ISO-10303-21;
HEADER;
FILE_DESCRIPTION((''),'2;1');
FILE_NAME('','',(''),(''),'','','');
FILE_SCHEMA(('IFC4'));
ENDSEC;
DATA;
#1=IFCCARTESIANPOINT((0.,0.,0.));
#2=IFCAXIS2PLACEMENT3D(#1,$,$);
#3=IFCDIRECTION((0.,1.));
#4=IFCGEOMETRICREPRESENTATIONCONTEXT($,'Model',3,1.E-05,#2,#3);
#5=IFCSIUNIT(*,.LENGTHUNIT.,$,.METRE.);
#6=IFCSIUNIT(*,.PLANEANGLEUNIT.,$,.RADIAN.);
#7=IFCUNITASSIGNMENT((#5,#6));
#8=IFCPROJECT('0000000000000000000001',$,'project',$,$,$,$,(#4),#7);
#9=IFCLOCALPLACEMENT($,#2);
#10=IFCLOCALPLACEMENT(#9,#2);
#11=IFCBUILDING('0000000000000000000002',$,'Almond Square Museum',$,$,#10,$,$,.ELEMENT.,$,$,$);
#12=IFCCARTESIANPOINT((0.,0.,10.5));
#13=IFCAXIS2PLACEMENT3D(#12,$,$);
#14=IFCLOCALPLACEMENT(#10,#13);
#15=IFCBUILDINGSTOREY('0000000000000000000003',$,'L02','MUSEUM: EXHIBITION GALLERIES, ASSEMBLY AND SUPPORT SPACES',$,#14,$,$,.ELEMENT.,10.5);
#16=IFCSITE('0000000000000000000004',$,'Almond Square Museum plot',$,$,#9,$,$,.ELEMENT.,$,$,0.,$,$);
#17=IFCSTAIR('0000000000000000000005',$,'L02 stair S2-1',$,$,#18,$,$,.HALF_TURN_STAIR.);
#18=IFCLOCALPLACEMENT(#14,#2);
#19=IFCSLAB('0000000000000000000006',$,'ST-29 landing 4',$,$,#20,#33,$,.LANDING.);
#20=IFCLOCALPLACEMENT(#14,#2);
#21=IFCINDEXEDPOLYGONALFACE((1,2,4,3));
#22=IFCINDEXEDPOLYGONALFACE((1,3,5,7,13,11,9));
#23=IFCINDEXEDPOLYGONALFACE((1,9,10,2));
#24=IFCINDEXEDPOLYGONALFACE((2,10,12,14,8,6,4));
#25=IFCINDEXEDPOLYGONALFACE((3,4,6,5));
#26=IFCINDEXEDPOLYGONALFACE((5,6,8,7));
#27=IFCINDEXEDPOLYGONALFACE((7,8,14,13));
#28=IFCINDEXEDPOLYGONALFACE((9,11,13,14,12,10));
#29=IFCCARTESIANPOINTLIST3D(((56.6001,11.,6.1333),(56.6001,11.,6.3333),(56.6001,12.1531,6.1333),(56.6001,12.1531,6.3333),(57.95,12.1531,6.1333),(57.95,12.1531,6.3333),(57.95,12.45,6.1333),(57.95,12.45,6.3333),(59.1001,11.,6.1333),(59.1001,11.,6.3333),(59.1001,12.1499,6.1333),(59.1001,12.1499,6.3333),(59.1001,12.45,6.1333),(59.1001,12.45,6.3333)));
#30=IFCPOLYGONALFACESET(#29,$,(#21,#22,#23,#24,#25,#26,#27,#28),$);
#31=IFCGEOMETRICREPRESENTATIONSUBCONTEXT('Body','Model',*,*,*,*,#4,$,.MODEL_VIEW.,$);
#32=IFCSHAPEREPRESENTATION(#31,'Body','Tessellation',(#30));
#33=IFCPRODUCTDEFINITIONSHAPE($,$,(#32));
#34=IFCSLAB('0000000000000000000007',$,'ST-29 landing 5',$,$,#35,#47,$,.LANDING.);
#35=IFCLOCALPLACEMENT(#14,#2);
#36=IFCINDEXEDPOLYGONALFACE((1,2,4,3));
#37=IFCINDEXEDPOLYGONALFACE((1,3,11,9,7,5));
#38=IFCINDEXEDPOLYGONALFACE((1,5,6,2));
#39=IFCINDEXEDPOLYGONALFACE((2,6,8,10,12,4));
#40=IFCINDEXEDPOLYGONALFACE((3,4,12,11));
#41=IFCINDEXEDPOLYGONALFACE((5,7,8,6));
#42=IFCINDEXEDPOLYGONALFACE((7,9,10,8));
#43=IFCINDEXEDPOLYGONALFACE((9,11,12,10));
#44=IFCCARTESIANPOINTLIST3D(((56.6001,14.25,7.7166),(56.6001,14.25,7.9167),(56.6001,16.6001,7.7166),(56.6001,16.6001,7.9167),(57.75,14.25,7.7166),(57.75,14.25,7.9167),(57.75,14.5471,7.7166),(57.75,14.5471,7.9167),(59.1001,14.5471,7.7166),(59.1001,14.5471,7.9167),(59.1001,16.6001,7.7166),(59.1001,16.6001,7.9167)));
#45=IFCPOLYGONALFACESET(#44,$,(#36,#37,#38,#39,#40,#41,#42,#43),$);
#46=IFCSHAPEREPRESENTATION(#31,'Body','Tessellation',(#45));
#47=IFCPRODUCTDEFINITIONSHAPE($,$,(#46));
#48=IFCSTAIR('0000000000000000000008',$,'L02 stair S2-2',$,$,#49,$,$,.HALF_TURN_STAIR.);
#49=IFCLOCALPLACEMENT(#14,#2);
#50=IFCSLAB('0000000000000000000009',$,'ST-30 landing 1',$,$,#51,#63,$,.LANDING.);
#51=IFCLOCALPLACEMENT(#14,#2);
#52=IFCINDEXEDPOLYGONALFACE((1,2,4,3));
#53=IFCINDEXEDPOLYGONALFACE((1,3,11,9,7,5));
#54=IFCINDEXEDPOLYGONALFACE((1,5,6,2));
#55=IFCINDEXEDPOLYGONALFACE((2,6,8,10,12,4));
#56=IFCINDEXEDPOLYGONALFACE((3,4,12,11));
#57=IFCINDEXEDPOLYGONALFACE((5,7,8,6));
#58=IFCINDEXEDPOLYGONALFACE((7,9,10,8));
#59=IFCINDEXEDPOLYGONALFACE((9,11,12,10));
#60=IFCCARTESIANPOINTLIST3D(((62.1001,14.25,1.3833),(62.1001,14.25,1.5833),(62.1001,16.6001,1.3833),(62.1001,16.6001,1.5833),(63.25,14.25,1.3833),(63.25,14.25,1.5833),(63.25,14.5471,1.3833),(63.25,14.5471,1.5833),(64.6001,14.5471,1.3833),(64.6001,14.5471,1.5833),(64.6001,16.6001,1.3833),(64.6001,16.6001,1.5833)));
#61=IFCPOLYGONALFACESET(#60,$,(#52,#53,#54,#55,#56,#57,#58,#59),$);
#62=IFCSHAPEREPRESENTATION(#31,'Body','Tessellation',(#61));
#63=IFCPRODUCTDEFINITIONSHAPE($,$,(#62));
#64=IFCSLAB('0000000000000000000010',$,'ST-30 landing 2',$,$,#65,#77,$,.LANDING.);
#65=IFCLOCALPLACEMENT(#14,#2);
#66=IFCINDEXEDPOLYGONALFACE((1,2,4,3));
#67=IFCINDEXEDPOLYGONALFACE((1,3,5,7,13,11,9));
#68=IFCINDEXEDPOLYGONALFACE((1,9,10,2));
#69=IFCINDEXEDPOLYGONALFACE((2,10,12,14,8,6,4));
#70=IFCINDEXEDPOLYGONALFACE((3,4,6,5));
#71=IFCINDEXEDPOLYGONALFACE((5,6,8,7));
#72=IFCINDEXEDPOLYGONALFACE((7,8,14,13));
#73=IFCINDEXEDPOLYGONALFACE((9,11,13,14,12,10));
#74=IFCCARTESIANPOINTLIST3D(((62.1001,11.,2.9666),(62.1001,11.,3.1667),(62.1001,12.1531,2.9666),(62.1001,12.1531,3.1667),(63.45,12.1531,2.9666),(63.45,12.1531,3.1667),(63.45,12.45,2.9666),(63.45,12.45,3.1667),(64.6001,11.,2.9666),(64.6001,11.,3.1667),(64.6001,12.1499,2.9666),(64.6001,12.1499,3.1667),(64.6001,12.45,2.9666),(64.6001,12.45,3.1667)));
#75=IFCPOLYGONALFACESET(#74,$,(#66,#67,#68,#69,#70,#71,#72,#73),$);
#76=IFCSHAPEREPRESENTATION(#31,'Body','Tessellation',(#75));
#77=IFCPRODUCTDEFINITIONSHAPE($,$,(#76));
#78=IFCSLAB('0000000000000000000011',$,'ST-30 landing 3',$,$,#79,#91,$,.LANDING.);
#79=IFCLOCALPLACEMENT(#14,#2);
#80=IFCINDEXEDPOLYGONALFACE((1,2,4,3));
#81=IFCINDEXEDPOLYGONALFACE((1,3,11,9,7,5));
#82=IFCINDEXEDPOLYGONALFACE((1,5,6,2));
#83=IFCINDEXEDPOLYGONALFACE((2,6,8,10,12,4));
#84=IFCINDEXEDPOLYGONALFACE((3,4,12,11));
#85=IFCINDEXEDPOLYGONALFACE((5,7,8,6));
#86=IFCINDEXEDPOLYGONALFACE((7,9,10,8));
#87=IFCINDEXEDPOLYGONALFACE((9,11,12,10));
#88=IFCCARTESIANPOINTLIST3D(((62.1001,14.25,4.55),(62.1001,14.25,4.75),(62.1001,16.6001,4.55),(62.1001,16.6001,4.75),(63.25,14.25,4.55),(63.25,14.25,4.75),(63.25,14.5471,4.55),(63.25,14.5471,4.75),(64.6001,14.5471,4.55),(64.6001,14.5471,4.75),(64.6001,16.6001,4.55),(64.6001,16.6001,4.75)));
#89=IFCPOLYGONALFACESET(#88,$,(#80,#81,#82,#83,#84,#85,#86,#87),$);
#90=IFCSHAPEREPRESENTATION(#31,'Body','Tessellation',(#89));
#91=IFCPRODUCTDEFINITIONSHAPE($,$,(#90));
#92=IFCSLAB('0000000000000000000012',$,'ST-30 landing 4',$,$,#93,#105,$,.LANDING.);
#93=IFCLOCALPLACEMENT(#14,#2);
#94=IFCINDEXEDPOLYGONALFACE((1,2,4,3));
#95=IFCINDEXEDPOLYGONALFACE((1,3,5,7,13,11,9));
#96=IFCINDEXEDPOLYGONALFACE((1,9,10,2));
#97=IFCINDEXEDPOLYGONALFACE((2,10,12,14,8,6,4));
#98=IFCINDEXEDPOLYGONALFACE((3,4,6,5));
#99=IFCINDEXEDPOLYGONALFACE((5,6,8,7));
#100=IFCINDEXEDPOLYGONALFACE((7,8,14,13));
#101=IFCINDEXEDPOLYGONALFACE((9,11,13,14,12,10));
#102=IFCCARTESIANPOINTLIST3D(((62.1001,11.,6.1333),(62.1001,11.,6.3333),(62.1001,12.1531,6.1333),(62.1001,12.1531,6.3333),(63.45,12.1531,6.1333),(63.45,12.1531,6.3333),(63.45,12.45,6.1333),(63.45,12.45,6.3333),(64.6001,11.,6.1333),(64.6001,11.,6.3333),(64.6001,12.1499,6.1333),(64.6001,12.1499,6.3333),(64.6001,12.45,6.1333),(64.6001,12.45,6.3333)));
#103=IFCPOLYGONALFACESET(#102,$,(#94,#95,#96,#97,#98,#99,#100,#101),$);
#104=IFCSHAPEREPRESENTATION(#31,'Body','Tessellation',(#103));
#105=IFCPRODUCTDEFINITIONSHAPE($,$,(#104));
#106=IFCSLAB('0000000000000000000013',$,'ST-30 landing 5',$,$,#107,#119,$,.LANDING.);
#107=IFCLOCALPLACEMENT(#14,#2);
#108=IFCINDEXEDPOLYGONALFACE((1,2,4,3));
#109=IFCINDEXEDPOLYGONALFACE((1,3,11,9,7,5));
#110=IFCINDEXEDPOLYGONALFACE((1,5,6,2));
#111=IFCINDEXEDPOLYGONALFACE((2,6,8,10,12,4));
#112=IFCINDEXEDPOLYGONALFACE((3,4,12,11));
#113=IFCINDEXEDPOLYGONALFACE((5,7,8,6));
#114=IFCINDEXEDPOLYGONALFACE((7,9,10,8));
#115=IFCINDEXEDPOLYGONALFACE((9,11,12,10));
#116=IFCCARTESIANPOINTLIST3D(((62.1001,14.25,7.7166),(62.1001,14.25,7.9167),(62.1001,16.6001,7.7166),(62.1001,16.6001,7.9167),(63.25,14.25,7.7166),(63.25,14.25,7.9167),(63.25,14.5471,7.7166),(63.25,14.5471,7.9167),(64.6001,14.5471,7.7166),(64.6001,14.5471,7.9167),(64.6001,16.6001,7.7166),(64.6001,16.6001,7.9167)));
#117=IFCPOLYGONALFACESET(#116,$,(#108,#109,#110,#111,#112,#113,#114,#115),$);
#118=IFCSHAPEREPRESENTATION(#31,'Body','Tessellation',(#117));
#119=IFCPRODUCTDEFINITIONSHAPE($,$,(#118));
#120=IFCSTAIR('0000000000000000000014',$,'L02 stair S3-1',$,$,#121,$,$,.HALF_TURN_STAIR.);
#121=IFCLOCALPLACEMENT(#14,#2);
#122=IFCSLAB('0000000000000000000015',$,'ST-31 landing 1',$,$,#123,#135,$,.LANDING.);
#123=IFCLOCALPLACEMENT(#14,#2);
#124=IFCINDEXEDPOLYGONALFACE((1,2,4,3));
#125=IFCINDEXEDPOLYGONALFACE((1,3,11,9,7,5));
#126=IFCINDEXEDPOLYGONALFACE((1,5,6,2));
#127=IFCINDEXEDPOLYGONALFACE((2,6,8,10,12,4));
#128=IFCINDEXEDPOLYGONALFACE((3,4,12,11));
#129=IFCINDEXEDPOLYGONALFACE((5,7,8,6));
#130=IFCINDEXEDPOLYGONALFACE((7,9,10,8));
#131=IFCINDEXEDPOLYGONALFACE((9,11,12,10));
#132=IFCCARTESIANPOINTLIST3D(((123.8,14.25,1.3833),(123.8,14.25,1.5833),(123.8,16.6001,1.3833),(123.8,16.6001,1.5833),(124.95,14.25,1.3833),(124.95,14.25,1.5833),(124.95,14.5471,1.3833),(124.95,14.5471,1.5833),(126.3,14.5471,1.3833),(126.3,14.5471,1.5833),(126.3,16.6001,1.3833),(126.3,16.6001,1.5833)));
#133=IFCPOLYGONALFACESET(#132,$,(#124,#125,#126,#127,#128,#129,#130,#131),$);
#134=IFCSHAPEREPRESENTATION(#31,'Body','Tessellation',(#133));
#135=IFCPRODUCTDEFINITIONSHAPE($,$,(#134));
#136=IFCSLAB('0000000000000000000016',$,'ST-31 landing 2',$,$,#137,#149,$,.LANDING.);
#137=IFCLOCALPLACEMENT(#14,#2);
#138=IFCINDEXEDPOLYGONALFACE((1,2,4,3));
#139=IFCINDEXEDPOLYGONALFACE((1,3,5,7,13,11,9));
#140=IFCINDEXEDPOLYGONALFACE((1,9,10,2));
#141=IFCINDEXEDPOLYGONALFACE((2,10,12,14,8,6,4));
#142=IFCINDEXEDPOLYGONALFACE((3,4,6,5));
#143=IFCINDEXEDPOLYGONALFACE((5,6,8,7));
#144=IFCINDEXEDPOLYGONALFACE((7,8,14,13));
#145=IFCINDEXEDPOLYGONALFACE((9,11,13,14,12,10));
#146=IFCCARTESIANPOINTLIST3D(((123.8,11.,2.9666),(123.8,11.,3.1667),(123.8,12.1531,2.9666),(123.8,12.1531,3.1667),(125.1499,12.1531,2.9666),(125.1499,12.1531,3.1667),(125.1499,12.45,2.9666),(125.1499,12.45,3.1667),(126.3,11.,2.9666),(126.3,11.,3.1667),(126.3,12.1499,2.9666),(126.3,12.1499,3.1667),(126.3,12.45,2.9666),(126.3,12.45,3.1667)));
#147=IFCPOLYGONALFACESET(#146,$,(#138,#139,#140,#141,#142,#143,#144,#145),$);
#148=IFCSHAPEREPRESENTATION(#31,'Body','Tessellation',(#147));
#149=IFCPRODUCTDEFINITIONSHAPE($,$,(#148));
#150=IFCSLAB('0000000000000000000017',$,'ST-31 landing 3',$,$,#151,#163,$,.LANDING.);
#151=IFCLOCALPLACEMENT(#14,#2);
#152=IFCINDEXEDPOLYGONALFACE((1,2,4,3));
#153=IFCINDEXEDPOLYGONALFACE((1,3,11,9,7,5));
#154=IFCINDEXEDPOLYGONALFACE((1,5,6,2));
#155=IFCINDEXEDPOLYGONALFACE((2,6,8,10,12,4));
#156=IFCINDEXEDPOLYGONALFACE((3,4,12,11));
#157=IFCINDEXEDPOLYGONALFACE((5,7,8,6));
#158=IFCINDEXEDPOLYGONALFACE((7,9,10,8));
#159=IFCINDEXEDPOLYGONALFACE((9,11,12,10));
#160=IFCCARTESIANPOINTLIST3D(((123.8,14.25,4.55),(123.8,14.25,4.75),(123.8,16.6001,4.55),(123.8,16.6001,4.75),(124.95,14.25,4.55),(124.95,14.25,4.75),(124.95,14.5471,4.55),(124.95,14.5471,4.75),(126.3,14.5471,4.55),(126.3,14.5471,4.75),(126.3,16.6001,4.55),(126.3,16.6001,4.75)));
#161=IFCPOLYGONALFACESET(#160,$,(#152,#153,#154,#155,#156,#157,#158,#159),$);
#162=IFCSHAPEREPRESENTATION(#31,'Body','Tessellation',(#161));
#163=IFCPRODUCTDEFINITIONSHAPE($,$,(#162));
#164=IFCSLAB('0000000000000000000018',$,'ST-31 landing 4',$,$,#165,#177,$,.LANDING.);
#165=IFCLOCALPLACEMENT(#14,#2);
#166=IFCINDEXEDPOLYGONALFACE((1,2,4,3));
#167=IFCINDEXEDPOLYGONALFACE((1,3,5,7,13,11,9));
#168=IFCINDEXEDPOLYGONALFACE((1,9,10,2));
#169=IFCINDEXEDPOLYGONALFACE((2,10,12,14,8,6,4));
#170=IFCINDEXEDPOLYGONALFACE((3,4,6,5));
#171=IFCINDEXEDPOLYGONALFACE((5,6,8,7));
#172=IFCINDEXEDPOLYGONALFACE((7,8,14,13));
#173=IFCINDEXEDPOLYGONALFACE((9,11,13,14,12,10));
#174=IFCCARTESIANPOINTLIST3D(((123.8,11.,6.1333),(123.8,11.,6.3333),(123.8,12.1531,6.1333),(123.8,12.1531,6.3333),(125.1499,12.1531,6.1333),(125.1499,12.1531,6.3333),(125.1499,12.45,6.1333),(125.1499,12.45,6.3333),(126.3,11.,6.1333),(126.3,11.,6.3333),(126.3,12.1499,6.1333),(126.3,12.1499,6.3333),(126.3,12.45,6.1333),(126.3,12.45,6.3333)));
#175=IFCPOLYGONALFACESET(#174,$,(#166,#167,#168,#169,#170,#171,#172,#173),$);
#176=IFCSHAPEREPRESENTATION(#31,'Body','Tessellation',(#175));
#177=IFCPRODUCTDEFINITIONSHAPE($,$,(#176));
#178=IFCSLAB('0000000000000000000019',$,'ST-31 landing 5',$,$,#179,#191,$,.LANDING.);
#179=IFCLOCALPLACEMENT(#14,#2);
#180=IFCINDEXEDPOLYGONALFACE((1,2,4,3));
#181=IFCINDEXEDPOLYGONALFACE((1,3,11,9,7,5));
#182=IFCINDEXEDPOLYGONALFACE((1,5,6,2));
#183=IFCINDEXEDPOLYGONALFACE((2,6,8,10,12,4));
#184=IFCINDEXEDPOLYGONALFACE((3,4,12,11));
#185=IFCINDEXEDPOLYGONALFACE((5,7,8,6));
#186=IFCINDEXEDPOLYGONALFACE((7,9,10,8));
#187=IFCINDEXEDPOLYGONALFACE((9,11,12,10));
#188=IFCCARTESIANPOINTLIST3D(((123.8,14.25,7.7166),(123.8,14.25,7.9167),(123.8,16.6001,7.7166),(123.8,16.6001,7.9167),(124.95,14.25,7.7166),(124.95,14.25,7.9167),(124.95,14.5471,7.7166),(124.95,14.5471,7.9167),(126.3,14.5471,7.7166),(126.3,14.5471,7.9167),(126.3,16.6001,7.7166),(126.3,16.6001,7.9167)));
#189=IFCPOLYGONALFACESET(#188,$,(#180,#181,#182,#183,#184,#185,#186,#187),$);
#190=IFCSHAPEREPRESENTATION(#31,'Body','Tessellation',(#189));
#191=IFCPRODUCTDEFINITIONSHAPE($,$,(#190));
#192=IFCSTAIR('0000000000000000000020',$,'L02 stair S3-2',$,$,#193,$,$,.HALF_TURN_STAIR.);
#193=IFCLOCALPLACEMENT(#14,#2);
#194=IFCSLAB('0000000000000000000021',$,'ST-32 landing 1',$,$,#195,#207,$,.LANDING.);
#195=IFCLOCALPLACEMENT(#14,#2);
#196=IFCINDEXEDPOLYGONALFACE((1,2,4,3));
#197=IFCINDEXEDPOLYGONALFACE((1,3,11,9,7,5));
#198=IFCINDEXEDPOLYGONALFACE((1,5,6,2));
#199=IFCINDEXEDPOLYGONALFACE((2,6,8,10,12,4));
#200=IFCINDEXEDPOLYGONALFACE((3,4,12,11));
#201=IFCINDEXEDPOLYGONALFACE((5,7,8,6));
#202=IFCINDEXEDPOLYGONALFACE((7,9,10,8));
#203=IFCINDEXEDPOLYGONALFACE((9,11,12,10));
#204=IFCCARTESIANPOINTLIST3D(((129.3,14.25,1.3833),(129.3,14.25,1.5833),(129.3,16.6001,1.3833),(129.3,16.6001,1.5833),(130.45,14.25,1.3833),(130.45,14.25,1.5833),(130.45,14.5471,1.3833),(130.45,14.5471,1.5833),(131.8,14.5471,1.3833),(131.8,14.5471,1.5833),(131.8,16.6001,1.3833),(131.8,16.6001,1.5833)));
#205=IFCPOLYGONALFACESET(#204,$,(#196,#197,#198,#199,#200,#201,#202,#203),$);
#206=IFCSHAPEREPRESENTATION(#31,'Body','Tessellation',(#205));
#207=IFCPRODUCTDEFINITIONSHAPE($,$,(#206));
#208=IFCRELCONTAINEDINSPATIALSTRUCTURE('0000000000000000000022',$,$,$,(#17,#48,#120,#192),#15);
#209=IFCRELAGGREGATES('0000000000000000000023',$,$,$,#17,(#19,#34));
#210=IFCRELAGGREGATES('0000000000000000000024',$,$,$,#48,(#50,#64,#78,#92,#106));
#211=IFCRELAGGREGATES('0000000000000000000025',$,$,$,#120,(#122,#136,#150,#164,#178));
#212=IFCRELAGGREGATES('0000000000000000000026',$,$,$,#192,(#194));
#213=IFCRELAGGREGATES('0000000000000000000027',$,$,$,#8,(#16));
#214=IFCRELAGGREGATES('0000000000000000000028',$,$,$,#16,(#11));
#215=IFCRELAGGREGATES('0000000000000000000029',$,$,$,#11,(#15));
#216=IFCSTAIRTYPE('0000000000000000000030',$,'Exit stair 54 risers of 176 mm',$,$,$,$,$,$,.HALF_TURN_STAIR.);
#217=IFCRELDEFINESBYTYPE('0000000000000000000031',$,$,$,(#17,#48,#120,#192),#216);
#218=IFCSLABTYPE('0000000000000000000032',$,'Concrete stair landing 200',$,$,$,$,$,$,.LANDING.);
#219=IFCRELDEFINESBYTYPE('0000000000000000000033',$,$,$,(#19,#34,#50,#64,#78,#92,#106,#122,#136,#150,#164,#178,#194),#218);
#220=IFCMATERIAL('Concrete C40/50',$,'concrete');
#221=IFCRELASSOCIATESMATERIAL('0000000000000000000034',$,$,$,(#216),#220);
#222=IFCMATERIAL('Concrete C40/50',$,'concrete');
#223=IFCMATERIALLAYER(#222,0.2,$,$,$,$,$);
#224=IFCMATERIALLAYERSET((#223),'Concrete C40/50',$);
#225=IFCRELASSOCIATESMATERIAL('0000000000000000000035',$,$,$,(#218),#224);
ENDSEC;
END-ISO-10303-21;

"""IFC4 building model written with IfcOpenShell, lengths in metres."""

from ifc_helpers import new_model, si_unit, direction, frame, origin, place, context, subcontext, project, spatial, polyline, outline, extrude, material, layer, layer_set, type_object, element, aggregate, save


model = new_model("IFC4")

# Units and contexts
model_context = context("Model", 3, precision=1e-05, world=origin(), true_north=direction((0.0, 1.0)))
body_context = subcontext(model_context, "Body", "Model", "MODEL_VIEW")
ifc_project = project(units=[si_unit("LENGTHUNIT", "METRE"), si_unit("PLANEANGLEUNIT", "RADIAN")], contexts=[model_context])

# Site, building, storey
site_placement = place(None, origin())
site = spatial("IfcSite", under=ifc_project, at=site_placement, Name="Almond Square Museum plot", CompositionType="ELEMENT", RefElevation=0.0)
building_placement = place(site_placement, origin())
building = spatial("IfcBuilding", under=site, at=building_placement, Name="Almond Square Museum", CompositionType="ELEMENT")
storey_placement = place(building_placement, frame((0.0, 0.0, 10.5)))
storey = spatial("IfcBuildingStorey", under=building, at=storey_placement, Name="L02", Description="MUSEUM: EXHIBITION GALLERIES, ASSEMBLY AND SUPPORT SPACES", CompositionType="ELEMENT", Elevation=10.5)

# Stairs, slabs
ifc_material_1 = material(Name="Concrete C40/50", Category="concrete")
stair_type = type_object("IfcStairType", Name="Exit stair 54 risers of 176 mm", PredefinedType="HALF_TURN_STAIR", material=ifc_material_1)
stair_1_placement = place(storey_placement, origin())
stair_1 = element("IfcStair", 1, at=stair_1_placement, inside=storey, type_object=stair_type, Name="L02 stair S2-1", PredefinedType="HALF_TURN_STAIR")
ifc_material_2 = material(Name="Concrete C40/50", Category="concrete")
ifc_layer = layer(ifc_material_2, 0.2)
ifc_layer_set = layer_set([ifc_layer], Name="Concrete C40/50")
slab_type = type_object("IfcSlabType", Name="Concrete stair landing 200", PredefinedType="LANDING", material=ifc_layer_set)
slab_1_placement = place(storey_placement, frame((0.0, 0.0, 6.1333)))
slab_1 = element("IfcSlab", 2, at=slab_1_placement, type_object=slab_type, Name="ST-29 landing 4", PredefinedType="LANDING", context=body_context, shape_type="SweptSolid", body=[
    extrude(outline(polyline([(59.1001, 11.0), (59.1001, 12.1499), (59.1001, 12.45), (57.95, 12.45), (57.95, 12.1531), (56.6001, 12.1531), (56.6001, 11.0), (59.1001, 11.0)])), origin(), (0.0, 0.0, 1.0), 0.2),
])
slab_2_placement = place(storey_placement, frame((0.0, 0.0, 7.7166)))
slab_2 = element("IfcSlab", 3, at=slab_2_placement, type_object=slab_type, Name="ST-29 landing 5", PredefinedType="LANDING", context=body_context, shape_type="SweptSolid", body=[
    extrude(outline(polyline([(59.1001, 14.5471), (59.1001, 16.6001), (56.6001, 16.6001), (56.6001, 14.25), (57.75, 14.25), (57.75, 14.5471), (59.1001, 14.5471)])), origin(), (0.0, 0.0, 1.0), 0.2002),
])
aggregate(stair_1, [slab_1, slab_2])
stair_2_placement = place(storey_placement, origin())
stair_2 = element("IfcStair", 4, at=stair_2_placement, inside=storey, type_object=stair_type, Name="L02 stair S2-2", PredefinedType="HALF_TURN_STAIR")
slab_3_placement = place(storey_placement, frame((0.0, 0.0, 1.3833)))
slab_3 = element("IfcSlab", 5, at=slab_3_placement, type_object=slab_type, Name="ST-30 landing 1", PredefinedType="LANDING", context=body_context, shape_type="SweptSolid", body=[
    extrude(outline(polyline([(64.6001, 14.5471), (64.6001, 16.6001), (62.1001, 16.6001), (62.1001, 14.25), (63.25, 14.25), (63.25, 14.5471), (64.6001, 14.5471)])), origin(), (0.0, 0.0, 1.0), 0.2),
])
slab_4_placement = place(storey_placement, frame((0.0, 0.0, 2.9666)))
slab_4 = element("IfcSlab", 6, at=slab_4_placement, type_object=slab_type, Name="ST-30 landing 2", PredefinedType="LANDING", context=body_context, shape_type="SweptSolid", body=[
    extrude(outline(polyline([(64.6001, 11.0), (64.6001, 12.1499), (64.6001, 12.45), (63.45, 12.45), (63.45, 12.1531), (62.1001, 12.1531), (62.1001, 11.0), (64.6001, 11.0)])), origin(), (0.0, 0.0, 1.0), 0.2002),
])
slab_5_placement = place(storey_placement, frame((0.0, 0.0, 4.55)))
slab_5 = element("IfcSlab", 7, at=slab_5_placement, type_object=slab_type, Name="ST-30 landing 3", PredefinedType="LANDING", context=body_context, shape_type="SweptSolid", body=[
    extrude(outline(polyline([(64.6001, 14.5471), (64.6001, 16.6001), (62.1001, 16.6001), (62.1001, 14.25), (63.25, 14.25), (63.25, 14.5471), (64.6001, 14.5471)])), origin(), (0.0, 0.0, 1.0), 0.2),
])
slab_6_placement = place(storey_placement, frame((0.0, 0.0, 6.1333)))
slab_6 = element("IfcSlab", 8, at=slab_6_placement, type_object=slab_type, Name="ST-30 landing 4", PredefinedType="LANDING", context=body_context, shape_type="SweptSolid", body=[
    extrude(outline(polyline([(64.6001, 11.0), (64.6001, 12.1499), (64.6001, 12.45), (63.45, 12.45), (63.45, 12.1531), (62.1001, 12.1531), (62.1001, 11.0), (64.6001, 11.0)])), origin(), (0.0, 0.0, 1.0), 0.2),
])
slab_7_placement = place(storey_placement, frame((0.0, 0.0, 7.7166)))
slab_7 = element("IfcSlab", 9, at=slab_7_placement, type_object=slab_type, Name="ST-30 landing 5", PredefinedType="LANDING", context=body_context, shape_type="SweptSolid", body=[
    extrude(outline(polyline([(64.6001, 14.5471), (64.6001, 16.6001), (62.1001, 16.6001), (62.1001, 14.25), (63.25, 14.25), (63.25, 14.5471), (64.6001, 14.5471)])), origin(), (0.0, 0.0, 1.0), 0.2002),
])
aggregate(stair_2, [slab_3, slab_4, slab_5, slab_6, slab_7])
stair_3_placement = place(storey_placement, origin())
stair_3 = element("IfcStair", 10, at=stair_3_placement, inside=storey, type_object=stair_type, Name="L02 stair S3-1", PredefinedType="HALF_TURN_STAIR")
slab_8_placement = place(storey_placement, frame((0.0, 0.0, 1.3833)))
slab_8 = element("IfcSlab", 11, at=slab_8_placement, type_object=slab_type, Name="ST-31 landing 1", PredefinedType="LANDING", context=body_context, shape_type="SweptSolid", body=[
    extrude(outline(polyline([(126.3, 14.5471), (126.3, 16.6001), (123.8, 16.6001), (123.8, 14.25), (124.95, 14.25), (124.95, 14.5471), (126.3, 14.5471)])), origin(), (0.0, 0.0, 1.0), 0.2),
])
slab_9_placement = place(storey_placement, frame((0.0, 0.0, 2.9666)))
slab_9 = element("IfcSlab", 12, at=slab_9_placement, type_object=slab_type, Name="ST-31 landing 2", PredefinedType="LANDING", context=body_context, shape_type="SweptSolid", body=[
    extrude(outline(polyline([(126.3, 11.0), (126.3, 12.1499), (126.3, 12.45), (125.1499, 12.45), (125.1499, 12.1531), (123.8, 12.1531), (123.8, 11.0), (126.3, 11.0)])), origin(), (0.0, 0.0, 1.0), 0.2002),
])
slab_10_placement = place(storey_placement, frame((0.0, 0.0, 4.55)))
slab_10 = element("IfcSlab", 13, at=slab_10_placement, type_object=slab_type, Name="ST-31 landing 3", PredefinedType="LANDING", context=body_context, shape_type="SweptSolid", body=[
    extrude(outline(polyline([(126.3, 14.5471), (126.3, 16.6001), (123.8, 16.6001), (123.8, 14.25), (124.95, 14.25), (124.95, 14.5471), (126.3, 14.5471)])), origin(), (0.0, 0.0, 1.0), 0.2),
])
slab_11_placement = place(storey_placement, frame((0.0, 0.0, 6.1333)))
slab_11 = element("IfcSlab", 14, at=slab_11_placement, type_object=slab_type, Name="ST-31 landing 4", PredefinedType="LANDING", context=body_context, shape_type="SweptSolid", body=[
    extrude(outline(polyline([(126.3, 11.0), (126.3, 12.1499), (126.3, 12.45), (125.1499, 12.45), (125.1499, 12.1531), (123.8, 12.1531), (123.8, 11.0), (126.3, 11.0)])), origin(), (0.0, 0.0, 1.0), 0.2),
])
slab_12_placement = place(storey_placement, frame((0.0, 0.0, 7.7166)))
slab_12 = element("IfcSlab", 15, at=slab_12_placement, type_object=slab_type, Name="ST-31 landing 5", PredefinedType="LANDING", context=body_context, shape_type="SweptSolid", body=[
    extrude(outline(polyline([(126.3, 14.5471), (126.3, 16.6001), (123.8, 16.6001), (123.8, 14.25), (124.95, 14.25), (124.95, 14.5471), (126.3, 14.5471)])), origin(), (0.0, 0.0, 1.0), 0.2002),
])
aggregate(stair_3, [slab_8, slab_9, slab_10, slab_11, slab_12])
stair_4_placement = place(storey_placement, origin())
stair_4 = element("IfcStair", 16, at=stair_4_placement, inside=storey, type_object=stair_type, Name="L02 stair S3-2", PredefinedType="HALF_TURN_STAIR")
slab_13_placement = place(storey_placement, frame((0.0, 0.0, 1.3833)))
slab_13 = element("IfcSlab", 17, at=slab_13_placement, type_object=slab_type, Name="ST-32 landing 1", PredefinedType="LANDING", context=body_context, shape_type="SweptSolid", body=[
    extrude(outline(polyline([(131.8, 14.5471), (131.8, 16.6001), (129.3, 16.6001), (129.3, 14.25), (130.45, 14.25), (130.45, 14.5471), (131.8, 14.5471)])), origin(), (0.0, 0.0, 1.0), 0.2),
])
aggregate(stair_4, [slab_13])

save(model, "model.ifc")
